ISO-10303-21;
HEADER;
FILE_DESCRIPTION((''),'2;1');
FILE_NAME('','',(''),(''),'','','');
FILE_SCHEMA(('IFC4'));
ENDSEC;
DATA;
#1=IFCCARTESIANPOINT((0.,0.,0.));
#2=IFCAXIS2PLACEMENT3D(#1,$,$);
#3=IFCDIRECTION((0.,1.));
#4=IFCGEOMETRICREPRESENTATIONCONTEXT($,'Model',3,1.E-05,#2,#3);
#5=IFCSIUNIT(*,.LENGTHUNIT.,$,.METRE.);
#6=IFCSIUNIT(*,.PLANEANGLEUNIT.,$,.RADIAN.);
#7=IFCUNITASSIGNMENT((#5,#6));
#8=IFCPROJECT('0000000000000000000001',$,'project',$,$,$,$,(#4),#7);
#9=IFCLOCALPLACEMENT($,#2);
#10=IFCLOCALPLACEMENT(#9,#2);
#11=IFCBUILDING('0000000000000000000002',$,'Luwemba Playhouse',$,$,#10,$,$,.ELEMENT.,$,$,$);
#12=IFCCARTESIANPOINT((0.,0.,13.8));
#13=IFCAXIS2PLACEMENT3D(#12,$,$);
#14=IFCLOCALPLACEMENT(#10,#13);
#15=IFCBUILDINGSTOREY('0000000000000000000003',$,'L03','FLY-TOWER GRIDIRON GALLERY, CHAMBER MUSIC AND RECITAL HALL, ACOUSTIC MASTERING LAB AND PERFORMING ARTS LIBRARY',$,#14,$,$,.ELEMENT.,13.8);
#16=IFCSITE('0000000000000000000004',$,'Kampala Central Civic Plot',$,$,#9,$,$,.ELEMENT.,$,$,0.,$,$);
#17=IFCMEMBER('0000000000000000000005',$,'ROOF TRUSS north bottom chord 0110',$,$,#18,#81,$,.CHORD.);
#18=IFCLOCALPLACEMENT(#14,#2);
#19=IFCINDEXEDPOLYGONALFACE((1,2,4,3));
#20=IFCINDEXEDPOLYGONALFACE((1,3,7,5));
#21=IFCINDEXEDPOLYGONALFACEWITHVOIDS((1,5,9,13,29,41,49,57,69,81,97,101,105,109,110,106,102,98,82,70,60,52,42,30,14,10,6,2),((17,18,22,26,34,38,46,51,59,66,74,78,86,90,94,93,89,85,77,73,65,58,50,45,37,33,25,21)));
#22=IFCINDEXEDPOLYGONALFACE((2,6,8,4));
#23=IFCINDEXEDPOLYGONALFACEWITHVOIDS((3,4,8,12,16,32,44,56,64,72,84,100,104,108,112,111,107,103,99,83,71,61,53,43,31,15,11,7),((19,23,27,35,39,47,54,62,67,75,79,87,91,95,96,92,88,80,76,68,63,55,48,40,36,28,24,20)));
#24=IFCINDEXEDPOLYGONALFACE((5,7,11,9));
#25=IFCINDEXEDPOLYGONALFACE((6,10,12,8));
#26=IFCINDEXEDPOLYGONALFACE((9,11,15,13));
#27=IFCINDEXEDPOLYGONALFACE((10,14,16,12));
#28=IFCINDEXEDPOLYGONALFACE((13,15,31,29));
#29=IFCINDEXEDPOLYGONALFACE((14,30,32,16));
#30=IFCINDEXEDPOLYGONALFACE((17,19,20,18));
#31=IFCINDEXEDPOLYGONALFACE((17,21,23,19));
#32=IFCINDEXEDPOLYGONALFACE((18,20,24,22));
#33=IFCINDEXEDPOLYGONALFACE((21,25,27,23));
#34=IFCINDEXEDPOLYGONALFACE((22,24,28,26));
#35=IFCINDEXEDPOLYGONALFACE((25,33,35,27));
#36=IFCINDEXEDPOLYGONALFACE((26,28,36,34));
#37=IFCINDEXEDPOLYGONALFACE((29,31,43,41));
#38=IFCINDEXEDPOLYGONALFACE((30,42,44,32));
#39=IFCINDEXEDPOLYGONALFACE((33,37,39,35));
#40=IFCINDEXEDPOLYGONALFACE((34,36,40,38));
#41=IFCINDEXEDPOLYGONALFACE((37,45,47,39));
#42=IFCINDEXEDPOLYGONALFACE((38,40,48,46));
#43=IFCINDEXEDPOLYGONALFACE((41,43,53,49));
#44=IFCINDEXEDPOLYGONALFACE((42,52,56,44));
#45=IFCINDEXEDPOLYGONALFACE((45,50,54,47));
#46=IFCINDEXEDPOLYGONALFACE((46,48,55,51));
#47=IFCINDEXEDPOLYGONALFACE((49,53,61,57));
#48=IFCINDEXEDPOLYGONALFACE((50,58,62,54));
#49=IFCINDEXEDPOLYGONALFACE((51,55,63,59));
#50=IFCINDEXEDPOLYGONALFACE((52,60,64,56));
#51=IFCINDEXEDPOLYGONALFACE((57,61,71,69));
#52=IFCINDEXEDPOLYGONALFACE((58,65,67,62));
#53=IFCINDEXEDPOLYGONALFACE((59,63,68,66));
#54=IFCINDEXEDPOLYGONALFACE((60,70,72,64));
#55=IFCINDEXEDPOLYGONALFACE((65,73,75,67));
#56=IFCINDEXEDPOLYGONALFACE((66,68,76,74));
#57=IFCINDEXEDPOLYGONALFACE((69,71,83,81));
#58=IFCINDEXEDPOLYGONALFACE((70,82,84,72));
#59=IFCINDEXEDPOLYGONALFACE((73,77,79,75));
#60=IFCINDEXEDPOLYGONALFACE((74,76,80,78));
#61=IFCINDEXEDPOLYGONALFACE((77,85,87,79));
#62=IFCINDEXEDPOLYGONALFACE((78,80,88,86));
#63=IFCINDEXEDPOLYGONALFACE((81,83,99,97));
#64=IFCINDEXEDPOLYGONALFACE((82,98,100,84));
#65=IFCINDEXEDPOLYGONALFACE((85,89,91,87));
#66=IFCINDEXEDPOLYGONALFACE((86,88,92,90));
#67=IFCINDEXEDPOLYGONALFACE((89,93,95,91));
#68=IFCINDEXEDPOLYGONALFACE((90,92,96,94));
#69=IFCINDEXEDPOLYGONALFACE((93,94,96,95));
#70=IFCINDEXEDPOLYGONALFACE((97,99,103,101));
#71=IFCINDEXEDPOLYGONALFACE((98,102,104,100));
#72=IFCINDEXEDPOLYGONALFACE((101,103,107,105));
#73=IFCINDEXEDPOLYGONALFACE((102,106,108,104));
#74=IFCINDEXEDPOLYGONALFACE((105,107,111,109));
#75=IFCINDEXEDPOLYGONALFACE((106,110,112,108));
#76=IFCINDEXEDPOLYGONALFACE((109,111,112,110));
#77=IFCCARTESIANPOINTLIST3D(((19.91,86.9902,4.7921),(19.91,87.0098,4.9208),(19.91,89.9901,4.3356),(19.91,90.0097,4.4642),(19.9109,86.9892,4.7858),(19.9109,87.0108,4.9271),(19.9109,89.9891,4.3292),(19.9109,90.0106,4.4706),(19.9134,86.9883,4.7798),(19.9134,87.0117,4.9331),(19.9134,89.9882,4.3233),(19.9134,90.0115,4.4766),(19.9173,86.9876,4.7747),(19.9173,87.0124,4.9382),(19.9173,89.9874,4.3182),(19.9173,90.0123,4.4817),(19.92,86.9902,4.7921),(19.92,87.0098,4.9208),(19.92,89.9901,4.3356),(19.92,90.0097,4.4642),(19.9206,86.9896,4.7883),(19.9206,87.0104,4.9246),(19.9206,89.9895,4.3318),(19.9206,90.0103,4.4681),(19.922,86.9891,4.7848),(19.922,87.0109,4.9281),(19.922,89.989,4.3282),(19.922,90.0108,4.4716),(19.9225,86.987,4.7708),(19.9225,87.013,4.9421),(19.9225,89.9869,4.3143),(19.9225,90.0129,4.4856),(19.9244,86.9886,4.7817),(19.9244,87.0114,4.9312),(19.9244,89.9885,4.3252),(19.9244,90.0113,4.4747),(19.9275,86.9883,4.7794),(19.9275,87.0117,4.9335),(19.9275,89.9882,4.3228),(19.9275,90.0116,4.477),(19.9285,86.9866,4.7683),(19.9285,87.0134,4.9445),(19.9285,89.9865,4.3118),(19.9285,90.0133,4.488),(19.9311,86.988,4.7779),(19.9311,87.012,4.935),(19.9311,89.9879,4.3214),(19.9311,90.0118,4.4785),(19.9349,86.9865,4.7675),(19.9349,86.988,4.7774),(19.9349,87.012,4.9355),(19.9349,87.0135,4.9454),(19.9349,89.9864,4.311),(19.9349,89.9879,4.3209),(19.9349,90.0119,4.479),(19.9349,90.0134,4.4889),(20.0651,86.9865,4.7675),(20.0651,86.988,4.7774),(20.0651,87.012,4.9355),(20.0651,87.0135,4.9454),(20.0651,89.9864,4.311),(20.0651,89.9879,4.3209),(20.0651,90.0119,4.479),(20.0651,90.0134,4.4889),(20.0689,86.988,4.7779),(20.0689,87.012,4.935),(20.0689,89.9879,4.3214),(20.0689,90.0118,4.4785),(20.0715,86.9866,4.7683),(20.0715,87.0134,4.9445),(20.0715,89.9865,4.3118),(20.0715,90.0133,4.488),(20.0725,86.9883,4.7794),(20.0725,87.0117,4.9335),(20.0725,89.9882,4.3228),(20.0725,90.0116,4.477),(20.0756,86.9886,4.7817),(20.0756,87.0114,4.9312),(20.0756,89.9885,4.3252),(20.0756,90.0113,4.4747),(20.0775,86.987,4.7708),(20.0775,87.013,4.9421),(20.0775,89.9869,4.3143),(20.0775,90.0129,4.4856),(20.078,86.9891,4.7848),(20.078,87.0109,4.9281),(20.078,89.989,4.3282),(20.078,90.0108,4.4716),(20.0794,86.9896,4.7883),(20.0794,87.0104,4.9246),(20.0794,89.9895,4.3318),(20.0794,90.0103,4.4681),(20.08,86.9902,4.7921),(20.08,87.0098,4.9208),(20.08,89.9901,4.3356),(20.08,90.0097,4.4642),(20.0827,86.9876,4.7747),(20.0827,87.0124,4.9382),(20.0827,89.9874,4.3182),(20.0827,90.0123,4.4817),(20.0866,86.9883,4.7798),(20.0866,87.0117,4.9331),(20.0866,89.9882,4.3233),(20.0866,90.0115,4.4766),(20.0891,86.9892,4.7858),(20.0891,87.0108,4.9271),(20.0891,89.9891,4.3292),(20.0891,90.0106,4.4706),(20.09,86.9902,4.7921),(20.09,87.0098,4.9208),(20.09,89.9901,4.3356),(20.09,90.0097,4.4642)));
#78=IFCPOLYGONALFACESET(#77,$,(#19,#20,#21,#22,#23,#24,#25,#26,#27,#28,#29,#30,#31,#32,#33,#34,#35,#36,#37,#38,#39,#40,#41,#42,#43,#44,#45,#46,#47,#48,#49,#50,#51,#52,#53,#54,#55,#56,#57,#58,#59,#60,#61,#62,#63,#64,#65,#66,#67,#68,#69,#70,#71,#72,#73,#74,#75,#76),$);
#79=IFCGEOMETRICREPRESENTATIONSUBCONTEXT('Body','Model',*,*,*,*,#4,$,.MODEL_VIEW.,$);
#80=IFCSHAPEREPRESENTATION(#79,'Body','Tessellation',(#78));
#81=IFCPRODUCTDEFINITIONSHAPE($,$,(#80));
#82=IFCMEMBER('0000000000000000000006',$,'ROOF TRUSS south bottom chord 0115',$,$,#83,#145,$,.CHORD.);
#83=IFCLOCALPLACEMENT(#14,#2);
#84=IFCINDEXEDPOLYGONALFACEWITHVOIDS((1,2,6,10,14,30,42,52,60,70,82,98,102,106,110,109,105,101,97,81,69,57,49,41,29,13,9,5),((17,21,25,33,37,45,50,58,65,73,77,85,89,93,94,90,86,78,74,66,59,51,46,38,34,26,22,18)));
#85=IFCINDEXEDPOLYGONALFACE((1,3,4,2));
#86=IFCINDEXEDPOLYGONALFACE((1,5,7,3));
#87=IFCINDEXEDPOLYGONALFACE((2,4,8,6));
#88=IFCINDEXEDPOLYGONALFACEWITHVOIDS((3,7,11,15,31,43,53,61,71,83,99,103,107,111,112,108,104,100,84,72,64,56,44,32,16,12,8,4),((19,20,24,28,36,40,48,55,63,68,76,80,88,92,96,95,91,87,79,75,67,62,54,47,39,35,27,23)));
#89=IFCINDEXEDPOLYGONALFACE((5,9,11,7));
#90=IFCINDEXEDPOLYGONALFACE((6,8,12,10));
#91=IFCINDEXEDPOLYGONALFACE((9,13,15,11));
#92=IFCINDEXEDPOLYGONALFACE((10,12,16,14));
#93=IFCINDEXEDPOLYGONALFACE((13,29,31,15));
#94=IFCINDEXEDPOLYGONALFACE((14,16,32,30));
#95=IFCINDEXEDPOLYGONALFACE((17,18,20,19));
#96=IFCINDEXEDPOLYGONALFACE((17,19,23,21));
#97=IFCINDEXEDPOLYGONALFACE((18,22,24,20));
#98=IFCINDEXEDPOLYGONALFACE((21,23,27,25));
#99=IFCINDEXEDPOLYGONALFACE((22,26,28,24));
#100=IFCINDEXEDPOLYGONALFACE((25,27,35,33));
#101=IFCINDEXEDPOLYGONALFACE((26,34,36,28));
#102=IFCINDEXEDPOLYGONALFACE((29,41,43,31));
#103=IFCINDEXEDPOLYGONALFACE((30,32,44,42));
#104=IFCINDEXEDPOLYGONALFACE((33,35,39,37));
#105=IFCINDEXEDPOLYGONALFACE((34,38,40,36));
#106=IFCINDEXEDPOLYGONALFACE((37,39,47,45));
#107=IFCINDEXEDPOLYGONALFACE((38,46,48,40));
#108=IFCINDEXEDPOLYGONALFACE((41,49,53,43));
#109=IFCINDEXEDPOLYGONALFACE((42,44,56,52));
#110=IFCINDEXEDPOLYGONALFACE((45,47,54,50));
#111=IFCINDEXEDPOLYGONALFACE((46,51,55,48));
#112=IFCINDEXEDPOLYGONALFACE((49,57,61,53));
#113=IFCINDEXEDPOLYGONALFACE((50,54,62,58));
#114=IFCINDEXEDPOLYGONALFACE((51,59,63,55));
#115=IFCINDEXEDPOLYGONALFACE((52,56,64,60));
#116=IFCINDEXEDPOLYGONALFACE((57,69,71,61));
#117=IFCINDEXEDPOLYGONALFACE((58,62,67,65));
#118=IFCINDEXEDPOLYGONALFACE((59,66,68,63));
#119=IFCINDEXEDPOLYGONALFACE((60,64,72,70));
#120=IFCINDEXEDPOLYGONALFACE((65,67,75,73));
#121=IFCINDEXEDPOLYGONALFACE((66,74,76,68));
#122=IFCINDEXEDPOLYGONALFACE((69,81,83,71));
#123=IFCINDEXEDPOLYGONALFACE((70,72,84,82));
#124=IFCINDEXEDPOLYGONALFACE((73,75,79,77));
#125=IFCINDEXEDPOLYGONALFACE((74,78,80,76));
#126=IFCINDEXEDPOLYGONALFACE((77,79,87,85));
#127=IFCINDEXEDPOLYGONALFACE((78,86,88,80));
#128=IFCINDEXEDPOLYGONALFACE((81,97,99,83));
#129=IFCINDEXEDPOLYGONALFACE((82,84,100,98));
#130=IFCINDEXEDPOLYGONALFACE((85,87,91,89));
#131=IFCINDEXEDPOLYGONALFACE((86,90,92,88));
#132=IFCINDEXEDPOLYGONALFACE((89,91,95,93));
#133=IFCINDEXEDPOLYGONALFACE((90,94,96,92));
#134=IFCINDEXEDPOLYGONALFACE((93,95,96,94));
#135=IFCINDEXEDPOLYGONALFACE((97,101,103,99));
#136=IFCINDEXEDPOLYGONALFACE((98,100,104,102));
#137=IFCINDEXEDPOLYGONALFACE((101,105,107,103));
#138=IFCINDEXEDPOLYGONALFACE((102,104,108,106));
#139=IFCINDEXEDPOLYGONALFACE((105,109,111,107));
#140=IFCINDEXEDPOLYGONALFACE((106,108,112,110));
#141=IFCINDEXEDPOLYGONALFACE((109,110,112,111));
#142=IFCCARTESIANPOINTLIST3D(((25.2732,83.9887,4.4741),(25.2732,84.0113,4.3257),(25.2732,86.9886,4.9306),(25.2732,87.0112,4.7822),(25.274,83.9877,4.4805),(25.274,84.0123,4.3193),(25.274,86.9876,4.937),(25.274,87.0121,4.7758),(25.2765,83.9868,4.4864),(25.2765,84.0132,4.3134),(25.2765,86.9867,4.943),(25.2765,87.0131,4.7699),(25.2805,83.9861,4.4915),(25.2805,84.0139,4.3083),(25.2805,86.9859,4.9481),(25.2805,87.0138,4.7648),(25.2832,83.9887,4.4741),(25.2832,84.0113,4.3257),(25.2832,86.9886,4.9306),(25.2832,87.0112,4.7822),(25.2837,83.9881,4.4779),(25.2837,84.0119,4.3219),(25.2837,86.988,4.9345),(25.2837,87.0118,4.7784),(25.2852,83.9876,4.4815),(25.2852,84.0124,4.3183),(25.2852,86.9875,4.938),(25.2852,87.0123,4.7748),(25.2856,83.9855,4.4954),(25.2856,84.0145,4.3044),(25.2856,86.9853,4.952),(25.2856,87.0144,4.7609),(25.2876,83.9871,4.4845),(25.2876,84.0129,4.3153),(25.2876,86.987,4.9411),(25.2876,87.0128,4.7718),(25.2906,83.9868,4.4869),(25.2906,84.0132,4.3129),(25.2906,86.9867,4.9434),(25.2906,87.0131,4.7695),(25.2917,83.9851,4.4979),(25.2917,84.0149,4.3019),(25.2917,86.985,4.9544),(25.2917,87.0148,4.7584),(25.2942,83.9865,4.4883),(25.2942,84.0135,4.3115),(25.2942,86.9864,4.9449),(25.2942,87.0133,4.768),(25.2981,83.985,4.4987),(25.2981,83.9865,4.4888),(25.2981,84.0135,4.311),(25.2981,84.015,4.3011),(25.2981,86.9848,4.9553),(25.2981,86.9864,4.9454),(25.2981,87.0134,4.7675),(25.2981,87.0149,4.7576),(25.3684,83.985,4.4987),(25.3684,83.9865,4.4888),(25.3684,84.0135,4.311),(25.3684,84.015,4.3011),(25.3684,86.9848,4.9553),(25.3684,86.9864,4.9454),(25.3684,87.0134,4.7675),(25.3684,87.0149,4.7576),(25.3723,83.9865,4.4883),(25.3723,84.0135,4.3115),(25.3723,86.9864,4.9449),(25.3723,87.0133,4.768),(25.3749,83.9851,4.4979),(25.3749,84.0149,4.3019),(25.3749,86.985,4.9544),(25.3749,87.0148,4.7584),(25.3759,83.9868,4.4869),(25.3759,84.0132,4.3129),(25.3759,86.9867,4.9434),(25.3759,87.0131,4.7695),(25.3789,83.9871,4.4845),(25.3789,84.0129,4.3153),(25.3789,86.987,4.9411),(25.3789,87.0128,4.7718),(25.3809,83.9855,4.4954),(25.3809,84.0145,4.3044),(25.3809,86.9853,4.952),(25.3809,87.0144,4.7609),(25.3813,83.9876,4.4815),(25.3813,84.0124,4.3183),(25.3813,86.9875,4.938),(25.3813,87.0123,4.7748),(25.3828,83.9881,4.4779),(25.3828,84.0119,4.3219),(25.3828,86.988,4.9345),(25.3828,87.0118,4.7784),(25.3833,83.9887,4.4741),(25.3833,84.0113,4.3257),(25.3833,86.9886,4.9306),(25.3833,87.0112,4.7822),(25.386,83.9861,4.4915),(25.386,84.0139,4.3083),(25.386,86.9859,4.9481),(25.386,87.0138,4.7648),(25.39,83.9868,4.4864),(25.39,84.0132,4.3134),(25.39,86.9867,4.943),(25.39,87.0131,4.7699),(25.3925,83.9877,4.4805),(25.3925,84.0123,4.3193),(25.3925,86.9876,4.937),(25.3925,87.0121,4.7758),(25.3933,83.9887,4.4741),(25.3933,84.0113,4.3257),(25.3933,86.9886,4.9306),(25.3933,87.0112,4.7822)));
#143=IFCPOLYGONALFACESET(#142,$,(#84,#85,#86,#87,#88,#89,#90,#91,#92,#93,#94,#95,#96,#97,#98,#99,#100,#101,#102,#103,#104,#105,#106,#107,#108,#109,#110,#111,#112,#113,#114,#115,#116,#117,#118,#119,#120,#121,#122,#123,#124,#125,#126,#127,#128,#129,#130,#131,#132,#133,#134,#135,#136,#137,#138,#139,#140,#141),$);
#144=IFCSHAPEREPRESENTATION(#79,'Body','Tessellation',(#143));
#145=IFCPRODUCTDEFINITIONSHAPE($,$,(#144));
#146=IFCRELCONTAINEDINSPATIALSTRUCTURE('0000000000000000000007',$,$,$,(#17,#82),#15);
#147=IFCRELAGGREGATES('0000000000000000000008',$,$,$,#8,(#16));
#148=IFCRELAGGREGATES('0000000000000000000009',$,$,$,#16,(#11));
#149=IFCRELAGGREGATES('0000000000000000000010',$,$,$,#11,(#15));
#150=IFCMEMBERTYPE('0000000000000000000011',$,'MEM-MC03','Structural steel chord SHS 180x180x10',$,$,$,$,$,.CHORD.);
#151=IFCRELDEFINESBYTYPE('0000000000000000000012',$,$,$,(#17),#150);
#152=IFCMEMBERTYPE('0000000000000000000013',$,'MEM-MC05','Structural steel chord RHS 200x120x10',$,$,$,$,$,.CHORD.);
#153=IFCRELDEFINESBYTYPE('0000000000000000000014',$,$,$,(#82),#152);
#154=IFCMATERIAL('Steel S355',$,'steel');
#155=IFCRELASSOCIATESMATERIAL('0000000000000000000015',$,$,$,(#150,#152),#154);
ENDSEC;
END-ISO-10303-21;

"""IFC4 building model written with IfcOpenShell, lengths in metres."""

from ifc_helpers import new_model, si_unit, direction, frame, origin, origin_2d, place, context, subcontext, project, spatial, hollow_rectangle, extrude, material, material_profile, profile_set, type_object, element, save


model = new_model("IFC4")

# Units and contexts
model_context = context("Model", 3, precision=1e-05, world=origin(), true_north=direction((0.0, 1.0)))
body_context = subcontext(model_context, "Body", "Model", "MODEL_VIEW")
ifc_project = project(units=[si_unit("LENGTHUNIT", "METRE"), si_unit("PLANEANGLEUNIT", "RADIAN")], contexts=[model_context])

# Site, building, storey
site_placement = place(None, origin())
site = spatial("IfcSite", under=ifc_project, at=site_placement, Name="Kampala Central Civic Plot", CompositionType="ELEMENT", RefElevation=0.0)
building_placement = place(site_placement, origin())
building = spatial("IfcBuilding", under=site, at=building_placement, Name="Luwemba Playhouse", CompositionType="ELEMENT")
storey_placement = place(building_placement, frame((0.0, 0.0, 13.8)))
storey = spatial("IfcBuildingStorey", under=building, at=storey_placement, Name="L03", Description="FLY-TOWER GRIDIRON GALLERY, CHAMBER MUSIC AND RECITAL HALL, ACOUSTIC MASTERING LAB AND PERFORMING ARTS LIBRARY", CompositionType="ELEMENT", Elevation=13.8)

# Shared definitions
ifc_material_1 = material(Name="Steel S355", Category="steel")

# Members
ifc_material_profile_1 = material_profile(ifc_material_1, hollow_rectangle(XDim=0.1799, YDim=0.1799, WallThickness=0.01, InnerFilletRadius=0.0149, OuterFilletRadius=0.0249, at=origin_2d()))
ifc_profile_set_1 = profile_set([ifc_material_profile_1], Name="Steel S355")
member_type_1 = type_object("IfcMemberType", Name="MEM-MC03", Description="Structural steel chord SHS 180x180x10", PredefinedType="CHORD", material=ifc_profile_set_1)
member_1_placement = place(storey_placement, frame((20.0, 87.0, 4.8564), z_axis=(0.0, 0.988618, -0.150449), x_axis=(-1.0, 0.0, 0.0)))
element("IfcMember", 1, at=member_1_placement, inside=storey, type_object=member_type_1, Name="ROOF TRUSS north bottom chord 0110", PredefinedType="CHORD", context=body_context, shape_type="SweptSolid", body=[
    extrude(hollow_rectangle(XDim=0.1799, YDim=0.1799, WallThickness=0.01, InnerFilletRadius=0.0149, OuterFilletRadius=0.0249, at=origin_2d()), origin(), (0.0, 0.0, 1.0), 3.0344),
])
ifc_material_profile_2 = material_profile(ifc_material_1, hollow_rectangle(XDim=0.1201, YDim=0.2, WallThickness=0.01, InnerFilletRadius=0.0149, OuterFilletRadius=0.0249, at=origin_2d()))
ifc_profile_set_2 = profile_set([ifc_material_profile_2], Name="Steel S355")
member_type_2 = type_object("IfcMemberType", Name="MEM-MC05", Description="Structural steel chord RHS 200x120x10", PredefinedType="CHORD", material=ifc_profile_set_2)
member_2_placement = place(storey_placement, frame((25.3333, 84.0, 4.3999), z_axis=(0.0, 0.988618, 0.150449), x_axis=(-1.0, 0.0, 0.0)))
element("IfcMember", 2, at=member_2_placement, inside=storey, type_object=member_type_2, Name="ROOF TRUSS south bottom chord 0115", PredefinedType="CHORD", context=body_context, shape_type="SweptSolid", body=[
    extrude(hollow_rectangle(XDim=0.1201, YDim=0.2, WallThickness=0.01, InnerFilletRadius=0.0149, OuterFilletRadius=0.0249, at=origin_2d()), origin(), (0.0, 0.0, 1.0), 3.0344),
])

save(model, "model.ifc")
